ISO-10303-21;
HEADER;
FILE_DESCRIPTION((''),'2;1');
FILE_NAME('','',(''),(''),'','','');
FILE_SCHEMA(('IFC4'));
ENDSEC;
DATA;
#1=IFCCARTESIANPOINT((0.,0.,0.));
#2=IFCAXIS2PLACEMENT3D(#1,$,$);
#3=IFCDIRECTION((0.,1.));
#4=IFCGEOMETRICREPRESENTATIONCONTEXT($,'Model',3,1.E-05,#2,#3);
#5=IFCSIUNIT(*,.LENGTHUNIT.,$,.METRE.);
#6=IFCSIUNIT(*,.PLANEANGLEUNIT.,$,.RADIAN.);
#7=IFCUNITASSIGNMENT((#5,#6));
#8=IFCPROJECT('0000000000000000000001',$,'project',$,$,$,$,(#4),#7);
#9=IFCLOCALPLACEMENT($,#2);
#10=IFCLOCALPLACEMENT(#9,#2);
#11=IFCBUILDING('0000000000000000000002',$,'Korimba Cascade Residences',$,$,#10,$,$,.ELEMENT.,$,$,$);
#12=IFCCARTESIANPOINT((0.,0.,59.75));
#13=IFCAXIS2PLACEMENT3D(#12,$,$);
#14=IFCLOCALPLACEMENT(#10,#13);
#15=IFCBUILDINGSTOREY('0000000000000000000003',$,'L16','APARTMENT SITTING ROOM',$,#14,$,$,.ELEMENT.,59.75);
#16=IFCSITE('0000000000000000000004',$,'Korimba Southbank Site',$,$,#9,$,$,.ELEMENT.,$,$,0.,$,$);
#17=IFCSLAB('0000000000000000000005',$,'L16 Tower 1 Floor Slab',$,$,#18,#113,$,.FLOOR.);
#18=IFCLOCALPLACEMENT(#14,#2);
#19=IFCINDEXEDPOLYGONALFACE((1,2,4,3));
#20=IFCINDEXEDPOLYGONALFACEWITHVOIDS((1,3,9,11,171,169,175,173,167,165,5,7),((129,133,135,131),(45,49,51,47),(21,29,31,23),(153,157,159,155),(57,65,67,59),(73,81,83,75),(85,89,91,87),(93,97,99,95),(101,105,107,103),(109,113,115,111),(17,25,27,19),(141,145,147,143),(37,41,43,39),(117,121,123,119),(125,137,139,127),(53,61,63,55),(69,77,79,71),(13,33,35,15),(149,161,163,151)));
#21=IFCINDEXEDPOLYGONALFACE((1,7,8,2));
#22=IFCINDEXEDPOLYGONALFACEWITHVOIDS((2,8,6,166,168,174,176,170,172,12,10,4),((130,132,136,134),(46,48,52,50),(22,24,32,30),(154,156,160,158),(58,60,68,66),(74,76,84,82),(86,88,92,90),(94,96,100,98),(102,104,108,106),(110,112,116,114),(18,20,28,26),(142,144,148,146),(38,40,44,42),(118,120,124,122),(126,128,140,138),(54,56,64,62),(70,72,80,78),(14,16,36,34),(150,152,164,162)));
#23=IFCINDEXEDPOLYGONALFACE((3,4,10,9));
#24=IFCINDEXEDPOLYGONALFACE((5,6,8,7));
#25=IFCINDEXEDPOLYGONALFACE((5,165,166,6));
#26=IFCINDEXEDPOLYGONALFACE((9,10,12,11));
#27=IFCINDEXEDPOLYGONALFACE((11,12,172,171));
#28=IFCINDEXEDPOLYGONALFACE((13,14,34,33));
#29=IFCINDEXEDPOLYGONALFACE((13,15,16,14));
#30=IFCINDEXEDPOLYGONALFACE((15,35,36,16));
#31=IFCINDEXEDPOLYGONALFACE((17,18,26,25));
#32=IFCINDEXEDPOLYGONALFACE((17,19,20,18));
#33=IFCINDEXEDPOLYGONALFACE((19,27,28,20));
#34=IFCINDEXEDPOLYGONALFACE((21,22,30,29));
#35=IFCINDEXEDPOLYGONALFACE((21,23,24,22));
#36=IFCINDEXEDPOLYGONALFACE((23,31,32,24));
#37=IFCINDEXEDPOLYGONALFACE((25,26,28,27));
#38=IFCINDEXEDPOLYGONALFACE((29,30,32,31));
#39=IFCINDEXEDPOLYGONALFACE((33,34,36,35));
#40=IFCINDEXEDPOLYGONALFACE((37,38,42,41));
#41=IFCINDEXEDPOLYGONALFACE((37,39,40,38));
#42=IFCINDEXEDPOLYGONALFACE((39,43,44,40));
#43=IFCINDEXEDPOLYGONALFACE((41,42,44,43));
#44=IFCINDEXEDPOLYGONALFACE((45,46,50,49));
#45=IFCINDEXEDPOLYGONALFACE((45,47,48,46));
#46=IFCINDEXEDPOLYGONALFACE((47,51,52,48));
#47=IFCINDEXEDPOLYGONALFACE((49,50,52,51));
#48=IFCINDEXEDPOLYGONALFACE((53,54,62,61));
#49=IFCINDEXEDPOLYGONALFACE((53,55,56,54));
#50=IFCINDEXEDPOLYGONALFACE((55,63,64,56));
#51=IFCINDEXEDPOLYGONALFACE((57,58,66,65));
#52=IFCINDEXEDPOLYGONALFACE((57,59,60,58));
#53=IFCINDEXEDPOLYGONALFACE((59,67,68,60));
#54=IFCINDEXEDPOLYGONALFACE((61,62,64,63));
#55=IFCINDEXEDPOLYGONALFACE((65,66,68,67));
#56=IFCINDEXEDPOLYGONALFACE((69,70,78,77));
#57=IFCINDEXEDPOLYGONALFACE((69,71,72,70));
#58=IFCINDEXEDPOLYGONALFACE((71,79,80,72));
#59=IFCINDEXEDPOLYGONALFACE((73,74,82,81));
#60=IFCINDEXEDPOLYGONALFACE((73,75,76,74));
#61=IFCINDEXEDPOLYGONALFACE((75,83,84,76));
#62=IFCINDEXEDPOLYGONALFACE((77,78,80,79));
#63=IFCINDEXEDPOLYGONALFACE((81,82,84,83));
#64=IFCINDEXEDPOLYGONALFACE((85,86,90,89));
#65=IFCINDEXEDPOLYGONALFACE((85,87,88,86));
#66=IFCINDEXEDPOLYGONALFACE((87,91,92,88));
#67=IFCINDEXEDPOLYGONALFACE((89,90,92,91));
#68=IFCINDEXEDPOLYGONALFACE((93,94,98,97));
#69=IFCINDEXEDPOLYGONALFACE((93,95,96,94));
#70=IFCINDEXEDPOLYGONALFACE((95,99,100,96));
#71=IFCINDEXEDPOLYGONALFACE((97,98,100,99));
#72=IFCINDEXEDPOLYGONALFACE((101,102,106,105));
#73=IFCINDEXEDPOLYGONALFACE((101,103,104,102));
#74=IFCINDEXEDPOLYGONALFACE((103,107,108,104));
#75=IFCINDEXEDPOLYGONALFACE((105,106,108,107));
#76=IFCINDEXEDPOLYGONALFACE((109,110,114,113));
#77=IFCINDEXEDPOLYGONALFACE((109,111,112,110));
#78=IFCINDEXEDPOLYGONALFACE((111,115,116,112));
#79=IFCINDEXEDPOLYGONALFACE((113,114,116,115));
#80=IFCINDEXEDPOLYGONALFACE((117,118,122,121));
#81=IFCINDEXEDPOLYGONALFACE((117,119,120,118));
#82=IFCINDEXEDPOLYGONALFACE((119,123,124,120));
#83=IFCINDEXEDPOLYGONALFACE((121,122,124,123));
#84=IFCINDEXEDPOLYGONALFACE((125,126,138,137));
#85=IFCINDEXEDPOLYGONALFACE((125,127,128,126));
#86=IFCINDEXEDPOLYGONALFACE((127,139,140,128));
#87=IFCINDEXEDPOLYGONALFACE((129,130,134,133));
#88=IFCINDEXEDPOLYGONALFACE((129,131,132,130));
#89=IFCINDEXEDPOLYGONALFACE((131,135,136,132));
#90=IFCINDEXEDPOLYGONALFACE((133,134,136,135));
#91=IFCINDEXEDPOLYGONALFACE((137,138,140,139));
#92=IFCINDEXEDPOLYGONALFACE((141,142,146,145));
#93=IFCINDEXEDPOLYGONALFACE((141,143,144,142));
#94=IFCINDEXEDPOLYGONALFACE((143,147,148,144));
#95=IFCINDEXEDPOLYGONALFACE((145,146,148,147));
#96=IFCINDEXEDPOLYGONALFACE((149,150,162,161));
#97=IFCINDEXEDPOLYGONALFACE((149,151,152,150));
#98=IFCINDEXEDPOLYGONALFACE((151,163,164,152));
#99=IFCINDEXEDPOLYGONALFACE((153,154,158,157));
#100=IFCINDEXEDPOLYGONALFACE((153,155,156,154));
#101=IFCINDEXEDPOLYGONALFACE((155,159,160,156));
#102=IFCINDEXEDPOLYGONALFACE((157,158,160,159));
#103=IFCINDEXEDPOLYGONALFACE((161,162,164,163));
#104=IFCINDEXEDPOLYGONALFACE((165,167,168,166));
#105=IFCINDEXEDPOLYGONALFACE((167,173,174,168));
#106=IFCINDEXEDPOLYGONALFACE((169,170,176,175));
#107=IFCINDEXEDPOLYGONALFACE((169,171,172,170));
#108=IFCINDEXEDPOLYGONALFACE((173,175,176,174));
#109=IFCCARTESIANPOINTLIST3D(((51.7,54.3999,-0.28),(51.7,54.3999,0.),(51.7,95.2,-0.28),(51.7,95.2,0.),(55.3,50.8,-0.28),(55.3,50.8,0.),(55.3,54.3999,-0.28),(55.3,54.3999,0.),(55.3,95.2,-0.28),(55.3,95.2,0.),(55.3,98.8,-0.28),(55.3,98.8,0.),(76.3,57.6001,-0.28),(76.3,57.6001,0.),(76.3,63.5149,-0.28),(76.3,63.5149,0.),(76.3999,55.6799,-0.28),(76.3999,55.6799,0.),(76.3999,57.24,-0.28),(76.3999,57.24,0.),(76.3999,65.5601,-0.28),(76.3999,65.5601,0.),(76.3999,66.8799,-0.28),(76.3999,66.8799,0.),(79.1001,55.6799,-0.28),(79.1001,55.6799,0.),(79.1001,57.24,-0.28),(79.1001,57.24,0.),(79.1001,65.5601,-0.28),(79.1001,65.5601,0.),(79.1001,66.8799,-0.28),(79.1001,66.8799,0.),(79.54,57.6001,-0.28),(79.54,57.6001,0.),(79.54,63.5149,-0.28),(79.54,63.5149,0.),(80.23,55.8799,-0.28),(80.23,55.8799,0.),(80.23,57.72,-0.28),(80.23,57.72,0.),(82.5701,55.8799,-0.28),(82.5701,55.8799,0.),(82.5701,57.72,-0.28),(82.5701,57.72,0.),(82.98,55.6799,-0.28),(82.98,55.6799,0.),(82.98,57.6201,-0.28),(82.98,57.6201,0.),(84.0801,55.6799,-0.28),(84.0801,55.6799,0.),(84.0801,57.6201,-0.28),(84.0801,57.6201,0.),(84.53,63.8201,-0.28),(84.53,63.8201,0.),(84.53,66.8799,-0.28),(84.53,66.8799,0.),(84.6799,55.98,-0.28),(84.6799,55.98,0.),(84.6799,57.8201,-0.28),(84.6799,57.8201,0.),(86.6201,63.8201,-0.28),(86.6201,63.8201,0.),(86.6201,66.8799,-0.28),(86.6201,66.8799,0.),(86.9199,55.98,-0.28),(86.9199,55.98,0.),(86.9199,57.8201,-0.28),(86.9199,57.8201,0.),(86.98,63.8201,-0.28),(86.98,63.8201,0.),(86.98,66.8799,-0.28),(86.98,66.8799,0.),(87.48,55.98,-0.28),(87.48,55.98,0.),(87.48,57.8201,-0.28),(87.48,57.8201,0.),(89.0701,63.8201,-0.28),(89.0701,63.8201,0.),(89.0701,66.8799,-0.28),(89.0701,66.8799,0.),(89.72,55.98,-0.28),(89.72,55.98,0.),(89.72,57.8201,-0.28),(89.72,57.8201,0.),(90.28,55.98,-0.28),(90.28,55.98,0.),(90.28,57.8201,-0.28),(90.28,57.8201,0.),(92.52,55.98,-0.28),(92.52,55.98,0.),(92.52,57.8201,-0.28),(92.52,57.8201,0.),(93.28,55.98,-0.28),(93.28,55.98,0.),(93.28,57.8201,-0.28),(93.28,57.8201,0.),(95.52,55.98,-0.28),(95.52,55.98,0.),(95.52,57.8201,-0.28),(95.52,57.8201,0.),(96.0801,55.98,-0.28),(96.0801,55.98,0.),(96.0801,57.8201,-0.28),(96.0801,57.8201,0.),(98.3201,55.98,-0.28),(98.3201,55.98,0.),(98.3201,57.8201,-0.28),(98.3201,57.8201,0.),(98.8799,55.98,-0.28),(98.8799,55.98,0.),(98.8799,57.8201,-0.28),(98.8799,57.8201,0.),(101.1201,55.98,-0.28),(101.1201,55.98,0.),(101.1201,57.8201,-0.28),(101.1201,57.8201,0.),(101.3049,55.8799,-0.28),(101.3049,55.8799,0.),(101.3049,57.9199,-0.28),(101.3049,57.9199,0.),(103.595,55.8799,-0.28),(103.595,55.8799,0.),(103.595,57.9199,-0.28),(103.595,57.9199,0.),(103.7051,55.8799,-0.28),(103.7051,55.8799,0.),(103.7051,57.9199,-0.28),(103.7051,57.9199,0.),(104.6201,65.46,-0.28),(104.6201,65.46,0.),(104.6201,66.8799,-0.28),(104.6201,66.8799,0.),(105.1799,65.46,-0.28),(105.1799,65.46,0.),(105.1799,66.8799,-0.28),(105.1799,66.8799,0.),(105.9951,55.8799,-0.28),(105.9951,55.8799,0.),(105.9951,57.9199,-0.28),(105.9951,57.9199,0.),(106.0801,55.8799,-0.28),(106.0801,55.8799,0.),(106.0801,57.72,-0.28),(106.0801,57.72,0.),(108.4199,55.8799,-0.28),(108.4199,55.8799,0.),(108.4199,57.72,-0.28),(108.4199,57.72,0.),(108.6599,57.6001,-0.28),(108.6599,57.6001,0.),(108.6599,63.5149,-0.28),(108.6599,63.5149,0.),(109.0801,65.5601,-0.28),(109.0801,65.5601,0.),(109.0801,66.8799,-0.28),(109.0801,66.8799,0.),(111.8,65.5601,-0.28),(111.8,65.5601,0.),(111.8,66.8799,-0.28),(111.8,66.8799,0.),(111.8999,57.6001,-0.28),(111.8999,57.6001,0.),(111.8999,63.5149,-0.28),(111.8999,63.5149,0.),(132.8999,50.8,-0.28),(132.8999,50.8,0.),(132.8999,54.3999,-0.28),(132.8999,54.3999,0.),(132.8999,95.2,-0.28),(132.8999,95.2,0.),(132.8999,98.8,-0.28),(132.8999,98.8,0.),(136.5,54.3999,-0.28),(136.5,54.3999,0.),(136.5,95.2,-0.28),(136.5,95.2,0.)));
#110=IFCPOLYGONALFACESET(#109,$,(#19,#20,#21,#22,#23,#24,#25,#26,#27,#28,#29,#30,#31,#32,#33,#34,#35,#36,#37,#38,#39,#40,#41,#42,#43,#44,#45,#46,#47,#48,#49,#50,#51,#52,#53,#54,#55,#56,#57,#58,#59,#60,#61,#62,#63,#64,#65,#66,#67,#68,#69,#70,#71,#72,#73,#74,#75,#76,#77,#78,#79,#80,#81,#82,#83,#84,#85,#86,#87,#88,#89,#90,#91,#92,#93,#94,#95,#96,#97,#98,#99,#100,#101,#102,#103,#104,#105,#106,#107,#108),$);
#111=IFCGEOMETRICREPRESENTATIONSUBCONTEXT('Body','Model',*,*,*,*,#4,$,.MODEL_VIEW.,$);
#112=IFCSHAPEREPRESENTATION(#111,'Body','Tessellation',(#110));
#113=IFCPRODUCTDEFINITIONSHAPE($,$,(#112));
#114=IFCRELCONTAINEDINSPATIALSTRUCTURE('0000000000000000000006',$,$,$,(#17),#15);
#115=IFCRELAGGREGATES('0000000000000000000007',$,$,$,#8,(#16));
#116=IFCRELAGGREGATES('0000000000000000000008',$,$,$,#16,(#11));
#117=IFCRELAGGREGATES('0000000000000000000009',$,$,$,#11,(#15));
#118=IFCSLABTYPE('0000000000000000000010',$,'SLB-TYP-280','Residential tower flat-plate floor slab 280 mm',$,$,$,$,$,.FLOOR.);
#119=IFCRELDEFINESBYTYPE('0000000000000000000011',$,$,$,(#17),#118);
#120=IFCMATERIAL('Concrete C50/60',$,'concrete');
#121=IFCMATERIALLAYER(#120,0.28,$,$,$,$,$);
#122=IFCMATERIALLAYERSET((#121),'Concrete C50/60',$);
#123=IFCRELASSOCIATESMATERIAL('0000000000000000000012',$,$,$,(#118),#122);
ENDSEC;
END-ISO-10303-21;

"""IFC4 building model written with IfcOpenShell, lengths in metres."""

from ifc_helpers import new_model, si_unit, direction, frame, origin, place, context, subcontext, project, spatial, polyline, outline, extrude, material, layer, layer_set, type_object, element, save


model = new_model("IFC4")

# Units and contexts
model_context = context("Model", 3, precision=1e-05, world=origin(), true_north=direction((0.0, 1.0)))
body_context = subcontext(model_context, "Body", "Model", "MODEL_VIEW")
ifc_project = project(units=[si_unit("LENGTHUNIT", "METRE"), si_unit("PLANEANGLEUNIT", "RADIAN")], contexts=[model_context])

# Site, building, storey
site_placement = place(None, origin())
site = spatial("IfcSite", under=ifc_project, at=site_placement, Name="Korimba Southbank Site", CompositionType="ELEMENT", RefElevation=0.0)
building_placement = place(site_placement, origin())
building = spatial("IfcBuilding", under=site, at=building_placement, Name="Korimba Cascade Residences", CompositionType="ELEMENT")
storey_placement = place(building_placement, frame((0.0, 0.0, 59.75)))
storey = spatial("IfcBuildingStorey", under=building, at=storey_placement, Name="L16", Description="APARTMENT SITTING ROOM", CompositionType="ELEMENT", Elevation=59.75)

# Shared definitions
ifc_material_1 = material(Name="Concrete C50/60", Category="concrete")

# Slab
ifc_layer_1 = layer(ifc_material_1, 0.28)
ifc_layer_set_1 = layer_set([ifc_layer_1], Name="Concrete C50/60")
slab_type_1 = type_object("IfcSlabType", Name="SLB-TYP-280", Description="Residential tower flat-plate floor slab 280 mm", PredefinedType="FLOOR", material=ifc_layer_set_1)
slab_1_placement = place(storey_placement, frame((0.0, 0.0, -0.28)))
element("IfcSlab", 1, at=slab_1_placement, inside=storey, type_object=slab_type_1, Name="L16 Tower 1 Floor Slab", PredefinedType="FLOOR", context=body_context, shape_type="SweptSolid", body=[
    extrude(outline(polyline([(55.3, 50.8), (132.8999, 50.8), (132.8999, 54.3999), (136.5, 54.3999), (136.5, 95.2), (132.8999, 95.2), (132.8999, 98.8), (55.3, 98.8), (55.3, 95.2), (51.7, 95.2), (51.7, 54.3999), (55.3, 54.3999), (55.3, 50.8)]), holes=[polyline([(76.3, 63.5149), (76.3, 57.6001), (79.54, 57.6001), (79.54, 63.5149), (76.3, 63.5149)]), polyline([(108.6599, 63.5149), (108.6599, 57.6001), (111.8999, 57.6001), (111.8999, 63.5149), (108.6599, 63.5149)]), polyline([(80.23, 55.8799), (82.5701, 55.8799), (82.5701, 57.72), (80.23, 57.72), (80.23, 55.8799)]), polyline([(106.0801, 55.8799), (108.4199, 55.8799), (108.4199, 57.72), (106.0801, 57.72), (106.0801, 55.8799)]), polyline([(84.6799, 55.98), (86.9199, 55.98), (86.9199, 57.8201), (84.6799, 57.8201), (84.6799, 55.98)]), polyline([(87.48, 55.98), (89.72, 55.98), (89.72, 57.8201), (87.48, 57.8201), (87.48, 55.98)]), polyline([(90.28, 55.98), (92.52, 55.98), (92.52, 57.8201), (90.28, 57.8201), (90.28, 55.98)]), polyline([(93.28, 55.98), (95.52, 55.98), (95.52, 57.8201), (93.28, 57.8201), (93.28, 55.98)]), polyline([(96.0801, 55.98), (98.3201, 55.98), (98.3201, 57.8201), (96.0801, 57.8201), (96.0801, 55.98)]), polyline([(98.8799, 55.98), (101.1201, 55.98), (101.1201, 57.8201), (98.8799, 57.8201), (98.8799, 55.98)]), polyline([(101.3049, 55.8799), (103.595, 55.8799), (103.595, 57.9199), (101.3049, 57.9199), (101.3049, 55.8799)]), polyline([(103.7051, 55.8799), (105.9951, 55.8799), (105.9951, 57.9199), (103.7051, 57.9199), (103.7051, 55.8799)]), polyline([(82.98, 55.6799), (84.0801, 55.6799), (84.0801, 57.6201), (82.98, 57.6201), (82.98, 55.6799)]), polyline([(76.3999, 65.5601), (79.1001, 65.5601), (79.1001, 66.8799), (76.3999, 66.8799), (76.3999, 65.5601)]), polyline([(76.3999, 55.6799), (79.1001, 55.6799), (79.1001, 57.24), (76.3999, 57.24), (76.3999, 55.6799)]), polyline([(84.53, 63.8201), (86.6201, 63.8201), (86.6201, 66.8799), (84.53, 66.8799), (84.53, 63.8201)]), polyline([(86.98, 63.8201), (89.0701, 63.8201), (89.0701, 66.8799), (86.98, 66.8799), (86.98, 63.8201)]), polyline([(104.6201, 65.46), (105.1799, 65.46), (105.1799, 66.8799), (104.6201, 66.8799), (104.6201, 65.46)]), polyline([(109.0801, 65.5601), (111.8, 65.5601), (111.8, 66.8799), (109.0801, 66.8799), (109.0801, 65.5601)])]), origin(), (0.0, 0.0, 1.0), 0.28),
])

save(model, "model.ifc")
